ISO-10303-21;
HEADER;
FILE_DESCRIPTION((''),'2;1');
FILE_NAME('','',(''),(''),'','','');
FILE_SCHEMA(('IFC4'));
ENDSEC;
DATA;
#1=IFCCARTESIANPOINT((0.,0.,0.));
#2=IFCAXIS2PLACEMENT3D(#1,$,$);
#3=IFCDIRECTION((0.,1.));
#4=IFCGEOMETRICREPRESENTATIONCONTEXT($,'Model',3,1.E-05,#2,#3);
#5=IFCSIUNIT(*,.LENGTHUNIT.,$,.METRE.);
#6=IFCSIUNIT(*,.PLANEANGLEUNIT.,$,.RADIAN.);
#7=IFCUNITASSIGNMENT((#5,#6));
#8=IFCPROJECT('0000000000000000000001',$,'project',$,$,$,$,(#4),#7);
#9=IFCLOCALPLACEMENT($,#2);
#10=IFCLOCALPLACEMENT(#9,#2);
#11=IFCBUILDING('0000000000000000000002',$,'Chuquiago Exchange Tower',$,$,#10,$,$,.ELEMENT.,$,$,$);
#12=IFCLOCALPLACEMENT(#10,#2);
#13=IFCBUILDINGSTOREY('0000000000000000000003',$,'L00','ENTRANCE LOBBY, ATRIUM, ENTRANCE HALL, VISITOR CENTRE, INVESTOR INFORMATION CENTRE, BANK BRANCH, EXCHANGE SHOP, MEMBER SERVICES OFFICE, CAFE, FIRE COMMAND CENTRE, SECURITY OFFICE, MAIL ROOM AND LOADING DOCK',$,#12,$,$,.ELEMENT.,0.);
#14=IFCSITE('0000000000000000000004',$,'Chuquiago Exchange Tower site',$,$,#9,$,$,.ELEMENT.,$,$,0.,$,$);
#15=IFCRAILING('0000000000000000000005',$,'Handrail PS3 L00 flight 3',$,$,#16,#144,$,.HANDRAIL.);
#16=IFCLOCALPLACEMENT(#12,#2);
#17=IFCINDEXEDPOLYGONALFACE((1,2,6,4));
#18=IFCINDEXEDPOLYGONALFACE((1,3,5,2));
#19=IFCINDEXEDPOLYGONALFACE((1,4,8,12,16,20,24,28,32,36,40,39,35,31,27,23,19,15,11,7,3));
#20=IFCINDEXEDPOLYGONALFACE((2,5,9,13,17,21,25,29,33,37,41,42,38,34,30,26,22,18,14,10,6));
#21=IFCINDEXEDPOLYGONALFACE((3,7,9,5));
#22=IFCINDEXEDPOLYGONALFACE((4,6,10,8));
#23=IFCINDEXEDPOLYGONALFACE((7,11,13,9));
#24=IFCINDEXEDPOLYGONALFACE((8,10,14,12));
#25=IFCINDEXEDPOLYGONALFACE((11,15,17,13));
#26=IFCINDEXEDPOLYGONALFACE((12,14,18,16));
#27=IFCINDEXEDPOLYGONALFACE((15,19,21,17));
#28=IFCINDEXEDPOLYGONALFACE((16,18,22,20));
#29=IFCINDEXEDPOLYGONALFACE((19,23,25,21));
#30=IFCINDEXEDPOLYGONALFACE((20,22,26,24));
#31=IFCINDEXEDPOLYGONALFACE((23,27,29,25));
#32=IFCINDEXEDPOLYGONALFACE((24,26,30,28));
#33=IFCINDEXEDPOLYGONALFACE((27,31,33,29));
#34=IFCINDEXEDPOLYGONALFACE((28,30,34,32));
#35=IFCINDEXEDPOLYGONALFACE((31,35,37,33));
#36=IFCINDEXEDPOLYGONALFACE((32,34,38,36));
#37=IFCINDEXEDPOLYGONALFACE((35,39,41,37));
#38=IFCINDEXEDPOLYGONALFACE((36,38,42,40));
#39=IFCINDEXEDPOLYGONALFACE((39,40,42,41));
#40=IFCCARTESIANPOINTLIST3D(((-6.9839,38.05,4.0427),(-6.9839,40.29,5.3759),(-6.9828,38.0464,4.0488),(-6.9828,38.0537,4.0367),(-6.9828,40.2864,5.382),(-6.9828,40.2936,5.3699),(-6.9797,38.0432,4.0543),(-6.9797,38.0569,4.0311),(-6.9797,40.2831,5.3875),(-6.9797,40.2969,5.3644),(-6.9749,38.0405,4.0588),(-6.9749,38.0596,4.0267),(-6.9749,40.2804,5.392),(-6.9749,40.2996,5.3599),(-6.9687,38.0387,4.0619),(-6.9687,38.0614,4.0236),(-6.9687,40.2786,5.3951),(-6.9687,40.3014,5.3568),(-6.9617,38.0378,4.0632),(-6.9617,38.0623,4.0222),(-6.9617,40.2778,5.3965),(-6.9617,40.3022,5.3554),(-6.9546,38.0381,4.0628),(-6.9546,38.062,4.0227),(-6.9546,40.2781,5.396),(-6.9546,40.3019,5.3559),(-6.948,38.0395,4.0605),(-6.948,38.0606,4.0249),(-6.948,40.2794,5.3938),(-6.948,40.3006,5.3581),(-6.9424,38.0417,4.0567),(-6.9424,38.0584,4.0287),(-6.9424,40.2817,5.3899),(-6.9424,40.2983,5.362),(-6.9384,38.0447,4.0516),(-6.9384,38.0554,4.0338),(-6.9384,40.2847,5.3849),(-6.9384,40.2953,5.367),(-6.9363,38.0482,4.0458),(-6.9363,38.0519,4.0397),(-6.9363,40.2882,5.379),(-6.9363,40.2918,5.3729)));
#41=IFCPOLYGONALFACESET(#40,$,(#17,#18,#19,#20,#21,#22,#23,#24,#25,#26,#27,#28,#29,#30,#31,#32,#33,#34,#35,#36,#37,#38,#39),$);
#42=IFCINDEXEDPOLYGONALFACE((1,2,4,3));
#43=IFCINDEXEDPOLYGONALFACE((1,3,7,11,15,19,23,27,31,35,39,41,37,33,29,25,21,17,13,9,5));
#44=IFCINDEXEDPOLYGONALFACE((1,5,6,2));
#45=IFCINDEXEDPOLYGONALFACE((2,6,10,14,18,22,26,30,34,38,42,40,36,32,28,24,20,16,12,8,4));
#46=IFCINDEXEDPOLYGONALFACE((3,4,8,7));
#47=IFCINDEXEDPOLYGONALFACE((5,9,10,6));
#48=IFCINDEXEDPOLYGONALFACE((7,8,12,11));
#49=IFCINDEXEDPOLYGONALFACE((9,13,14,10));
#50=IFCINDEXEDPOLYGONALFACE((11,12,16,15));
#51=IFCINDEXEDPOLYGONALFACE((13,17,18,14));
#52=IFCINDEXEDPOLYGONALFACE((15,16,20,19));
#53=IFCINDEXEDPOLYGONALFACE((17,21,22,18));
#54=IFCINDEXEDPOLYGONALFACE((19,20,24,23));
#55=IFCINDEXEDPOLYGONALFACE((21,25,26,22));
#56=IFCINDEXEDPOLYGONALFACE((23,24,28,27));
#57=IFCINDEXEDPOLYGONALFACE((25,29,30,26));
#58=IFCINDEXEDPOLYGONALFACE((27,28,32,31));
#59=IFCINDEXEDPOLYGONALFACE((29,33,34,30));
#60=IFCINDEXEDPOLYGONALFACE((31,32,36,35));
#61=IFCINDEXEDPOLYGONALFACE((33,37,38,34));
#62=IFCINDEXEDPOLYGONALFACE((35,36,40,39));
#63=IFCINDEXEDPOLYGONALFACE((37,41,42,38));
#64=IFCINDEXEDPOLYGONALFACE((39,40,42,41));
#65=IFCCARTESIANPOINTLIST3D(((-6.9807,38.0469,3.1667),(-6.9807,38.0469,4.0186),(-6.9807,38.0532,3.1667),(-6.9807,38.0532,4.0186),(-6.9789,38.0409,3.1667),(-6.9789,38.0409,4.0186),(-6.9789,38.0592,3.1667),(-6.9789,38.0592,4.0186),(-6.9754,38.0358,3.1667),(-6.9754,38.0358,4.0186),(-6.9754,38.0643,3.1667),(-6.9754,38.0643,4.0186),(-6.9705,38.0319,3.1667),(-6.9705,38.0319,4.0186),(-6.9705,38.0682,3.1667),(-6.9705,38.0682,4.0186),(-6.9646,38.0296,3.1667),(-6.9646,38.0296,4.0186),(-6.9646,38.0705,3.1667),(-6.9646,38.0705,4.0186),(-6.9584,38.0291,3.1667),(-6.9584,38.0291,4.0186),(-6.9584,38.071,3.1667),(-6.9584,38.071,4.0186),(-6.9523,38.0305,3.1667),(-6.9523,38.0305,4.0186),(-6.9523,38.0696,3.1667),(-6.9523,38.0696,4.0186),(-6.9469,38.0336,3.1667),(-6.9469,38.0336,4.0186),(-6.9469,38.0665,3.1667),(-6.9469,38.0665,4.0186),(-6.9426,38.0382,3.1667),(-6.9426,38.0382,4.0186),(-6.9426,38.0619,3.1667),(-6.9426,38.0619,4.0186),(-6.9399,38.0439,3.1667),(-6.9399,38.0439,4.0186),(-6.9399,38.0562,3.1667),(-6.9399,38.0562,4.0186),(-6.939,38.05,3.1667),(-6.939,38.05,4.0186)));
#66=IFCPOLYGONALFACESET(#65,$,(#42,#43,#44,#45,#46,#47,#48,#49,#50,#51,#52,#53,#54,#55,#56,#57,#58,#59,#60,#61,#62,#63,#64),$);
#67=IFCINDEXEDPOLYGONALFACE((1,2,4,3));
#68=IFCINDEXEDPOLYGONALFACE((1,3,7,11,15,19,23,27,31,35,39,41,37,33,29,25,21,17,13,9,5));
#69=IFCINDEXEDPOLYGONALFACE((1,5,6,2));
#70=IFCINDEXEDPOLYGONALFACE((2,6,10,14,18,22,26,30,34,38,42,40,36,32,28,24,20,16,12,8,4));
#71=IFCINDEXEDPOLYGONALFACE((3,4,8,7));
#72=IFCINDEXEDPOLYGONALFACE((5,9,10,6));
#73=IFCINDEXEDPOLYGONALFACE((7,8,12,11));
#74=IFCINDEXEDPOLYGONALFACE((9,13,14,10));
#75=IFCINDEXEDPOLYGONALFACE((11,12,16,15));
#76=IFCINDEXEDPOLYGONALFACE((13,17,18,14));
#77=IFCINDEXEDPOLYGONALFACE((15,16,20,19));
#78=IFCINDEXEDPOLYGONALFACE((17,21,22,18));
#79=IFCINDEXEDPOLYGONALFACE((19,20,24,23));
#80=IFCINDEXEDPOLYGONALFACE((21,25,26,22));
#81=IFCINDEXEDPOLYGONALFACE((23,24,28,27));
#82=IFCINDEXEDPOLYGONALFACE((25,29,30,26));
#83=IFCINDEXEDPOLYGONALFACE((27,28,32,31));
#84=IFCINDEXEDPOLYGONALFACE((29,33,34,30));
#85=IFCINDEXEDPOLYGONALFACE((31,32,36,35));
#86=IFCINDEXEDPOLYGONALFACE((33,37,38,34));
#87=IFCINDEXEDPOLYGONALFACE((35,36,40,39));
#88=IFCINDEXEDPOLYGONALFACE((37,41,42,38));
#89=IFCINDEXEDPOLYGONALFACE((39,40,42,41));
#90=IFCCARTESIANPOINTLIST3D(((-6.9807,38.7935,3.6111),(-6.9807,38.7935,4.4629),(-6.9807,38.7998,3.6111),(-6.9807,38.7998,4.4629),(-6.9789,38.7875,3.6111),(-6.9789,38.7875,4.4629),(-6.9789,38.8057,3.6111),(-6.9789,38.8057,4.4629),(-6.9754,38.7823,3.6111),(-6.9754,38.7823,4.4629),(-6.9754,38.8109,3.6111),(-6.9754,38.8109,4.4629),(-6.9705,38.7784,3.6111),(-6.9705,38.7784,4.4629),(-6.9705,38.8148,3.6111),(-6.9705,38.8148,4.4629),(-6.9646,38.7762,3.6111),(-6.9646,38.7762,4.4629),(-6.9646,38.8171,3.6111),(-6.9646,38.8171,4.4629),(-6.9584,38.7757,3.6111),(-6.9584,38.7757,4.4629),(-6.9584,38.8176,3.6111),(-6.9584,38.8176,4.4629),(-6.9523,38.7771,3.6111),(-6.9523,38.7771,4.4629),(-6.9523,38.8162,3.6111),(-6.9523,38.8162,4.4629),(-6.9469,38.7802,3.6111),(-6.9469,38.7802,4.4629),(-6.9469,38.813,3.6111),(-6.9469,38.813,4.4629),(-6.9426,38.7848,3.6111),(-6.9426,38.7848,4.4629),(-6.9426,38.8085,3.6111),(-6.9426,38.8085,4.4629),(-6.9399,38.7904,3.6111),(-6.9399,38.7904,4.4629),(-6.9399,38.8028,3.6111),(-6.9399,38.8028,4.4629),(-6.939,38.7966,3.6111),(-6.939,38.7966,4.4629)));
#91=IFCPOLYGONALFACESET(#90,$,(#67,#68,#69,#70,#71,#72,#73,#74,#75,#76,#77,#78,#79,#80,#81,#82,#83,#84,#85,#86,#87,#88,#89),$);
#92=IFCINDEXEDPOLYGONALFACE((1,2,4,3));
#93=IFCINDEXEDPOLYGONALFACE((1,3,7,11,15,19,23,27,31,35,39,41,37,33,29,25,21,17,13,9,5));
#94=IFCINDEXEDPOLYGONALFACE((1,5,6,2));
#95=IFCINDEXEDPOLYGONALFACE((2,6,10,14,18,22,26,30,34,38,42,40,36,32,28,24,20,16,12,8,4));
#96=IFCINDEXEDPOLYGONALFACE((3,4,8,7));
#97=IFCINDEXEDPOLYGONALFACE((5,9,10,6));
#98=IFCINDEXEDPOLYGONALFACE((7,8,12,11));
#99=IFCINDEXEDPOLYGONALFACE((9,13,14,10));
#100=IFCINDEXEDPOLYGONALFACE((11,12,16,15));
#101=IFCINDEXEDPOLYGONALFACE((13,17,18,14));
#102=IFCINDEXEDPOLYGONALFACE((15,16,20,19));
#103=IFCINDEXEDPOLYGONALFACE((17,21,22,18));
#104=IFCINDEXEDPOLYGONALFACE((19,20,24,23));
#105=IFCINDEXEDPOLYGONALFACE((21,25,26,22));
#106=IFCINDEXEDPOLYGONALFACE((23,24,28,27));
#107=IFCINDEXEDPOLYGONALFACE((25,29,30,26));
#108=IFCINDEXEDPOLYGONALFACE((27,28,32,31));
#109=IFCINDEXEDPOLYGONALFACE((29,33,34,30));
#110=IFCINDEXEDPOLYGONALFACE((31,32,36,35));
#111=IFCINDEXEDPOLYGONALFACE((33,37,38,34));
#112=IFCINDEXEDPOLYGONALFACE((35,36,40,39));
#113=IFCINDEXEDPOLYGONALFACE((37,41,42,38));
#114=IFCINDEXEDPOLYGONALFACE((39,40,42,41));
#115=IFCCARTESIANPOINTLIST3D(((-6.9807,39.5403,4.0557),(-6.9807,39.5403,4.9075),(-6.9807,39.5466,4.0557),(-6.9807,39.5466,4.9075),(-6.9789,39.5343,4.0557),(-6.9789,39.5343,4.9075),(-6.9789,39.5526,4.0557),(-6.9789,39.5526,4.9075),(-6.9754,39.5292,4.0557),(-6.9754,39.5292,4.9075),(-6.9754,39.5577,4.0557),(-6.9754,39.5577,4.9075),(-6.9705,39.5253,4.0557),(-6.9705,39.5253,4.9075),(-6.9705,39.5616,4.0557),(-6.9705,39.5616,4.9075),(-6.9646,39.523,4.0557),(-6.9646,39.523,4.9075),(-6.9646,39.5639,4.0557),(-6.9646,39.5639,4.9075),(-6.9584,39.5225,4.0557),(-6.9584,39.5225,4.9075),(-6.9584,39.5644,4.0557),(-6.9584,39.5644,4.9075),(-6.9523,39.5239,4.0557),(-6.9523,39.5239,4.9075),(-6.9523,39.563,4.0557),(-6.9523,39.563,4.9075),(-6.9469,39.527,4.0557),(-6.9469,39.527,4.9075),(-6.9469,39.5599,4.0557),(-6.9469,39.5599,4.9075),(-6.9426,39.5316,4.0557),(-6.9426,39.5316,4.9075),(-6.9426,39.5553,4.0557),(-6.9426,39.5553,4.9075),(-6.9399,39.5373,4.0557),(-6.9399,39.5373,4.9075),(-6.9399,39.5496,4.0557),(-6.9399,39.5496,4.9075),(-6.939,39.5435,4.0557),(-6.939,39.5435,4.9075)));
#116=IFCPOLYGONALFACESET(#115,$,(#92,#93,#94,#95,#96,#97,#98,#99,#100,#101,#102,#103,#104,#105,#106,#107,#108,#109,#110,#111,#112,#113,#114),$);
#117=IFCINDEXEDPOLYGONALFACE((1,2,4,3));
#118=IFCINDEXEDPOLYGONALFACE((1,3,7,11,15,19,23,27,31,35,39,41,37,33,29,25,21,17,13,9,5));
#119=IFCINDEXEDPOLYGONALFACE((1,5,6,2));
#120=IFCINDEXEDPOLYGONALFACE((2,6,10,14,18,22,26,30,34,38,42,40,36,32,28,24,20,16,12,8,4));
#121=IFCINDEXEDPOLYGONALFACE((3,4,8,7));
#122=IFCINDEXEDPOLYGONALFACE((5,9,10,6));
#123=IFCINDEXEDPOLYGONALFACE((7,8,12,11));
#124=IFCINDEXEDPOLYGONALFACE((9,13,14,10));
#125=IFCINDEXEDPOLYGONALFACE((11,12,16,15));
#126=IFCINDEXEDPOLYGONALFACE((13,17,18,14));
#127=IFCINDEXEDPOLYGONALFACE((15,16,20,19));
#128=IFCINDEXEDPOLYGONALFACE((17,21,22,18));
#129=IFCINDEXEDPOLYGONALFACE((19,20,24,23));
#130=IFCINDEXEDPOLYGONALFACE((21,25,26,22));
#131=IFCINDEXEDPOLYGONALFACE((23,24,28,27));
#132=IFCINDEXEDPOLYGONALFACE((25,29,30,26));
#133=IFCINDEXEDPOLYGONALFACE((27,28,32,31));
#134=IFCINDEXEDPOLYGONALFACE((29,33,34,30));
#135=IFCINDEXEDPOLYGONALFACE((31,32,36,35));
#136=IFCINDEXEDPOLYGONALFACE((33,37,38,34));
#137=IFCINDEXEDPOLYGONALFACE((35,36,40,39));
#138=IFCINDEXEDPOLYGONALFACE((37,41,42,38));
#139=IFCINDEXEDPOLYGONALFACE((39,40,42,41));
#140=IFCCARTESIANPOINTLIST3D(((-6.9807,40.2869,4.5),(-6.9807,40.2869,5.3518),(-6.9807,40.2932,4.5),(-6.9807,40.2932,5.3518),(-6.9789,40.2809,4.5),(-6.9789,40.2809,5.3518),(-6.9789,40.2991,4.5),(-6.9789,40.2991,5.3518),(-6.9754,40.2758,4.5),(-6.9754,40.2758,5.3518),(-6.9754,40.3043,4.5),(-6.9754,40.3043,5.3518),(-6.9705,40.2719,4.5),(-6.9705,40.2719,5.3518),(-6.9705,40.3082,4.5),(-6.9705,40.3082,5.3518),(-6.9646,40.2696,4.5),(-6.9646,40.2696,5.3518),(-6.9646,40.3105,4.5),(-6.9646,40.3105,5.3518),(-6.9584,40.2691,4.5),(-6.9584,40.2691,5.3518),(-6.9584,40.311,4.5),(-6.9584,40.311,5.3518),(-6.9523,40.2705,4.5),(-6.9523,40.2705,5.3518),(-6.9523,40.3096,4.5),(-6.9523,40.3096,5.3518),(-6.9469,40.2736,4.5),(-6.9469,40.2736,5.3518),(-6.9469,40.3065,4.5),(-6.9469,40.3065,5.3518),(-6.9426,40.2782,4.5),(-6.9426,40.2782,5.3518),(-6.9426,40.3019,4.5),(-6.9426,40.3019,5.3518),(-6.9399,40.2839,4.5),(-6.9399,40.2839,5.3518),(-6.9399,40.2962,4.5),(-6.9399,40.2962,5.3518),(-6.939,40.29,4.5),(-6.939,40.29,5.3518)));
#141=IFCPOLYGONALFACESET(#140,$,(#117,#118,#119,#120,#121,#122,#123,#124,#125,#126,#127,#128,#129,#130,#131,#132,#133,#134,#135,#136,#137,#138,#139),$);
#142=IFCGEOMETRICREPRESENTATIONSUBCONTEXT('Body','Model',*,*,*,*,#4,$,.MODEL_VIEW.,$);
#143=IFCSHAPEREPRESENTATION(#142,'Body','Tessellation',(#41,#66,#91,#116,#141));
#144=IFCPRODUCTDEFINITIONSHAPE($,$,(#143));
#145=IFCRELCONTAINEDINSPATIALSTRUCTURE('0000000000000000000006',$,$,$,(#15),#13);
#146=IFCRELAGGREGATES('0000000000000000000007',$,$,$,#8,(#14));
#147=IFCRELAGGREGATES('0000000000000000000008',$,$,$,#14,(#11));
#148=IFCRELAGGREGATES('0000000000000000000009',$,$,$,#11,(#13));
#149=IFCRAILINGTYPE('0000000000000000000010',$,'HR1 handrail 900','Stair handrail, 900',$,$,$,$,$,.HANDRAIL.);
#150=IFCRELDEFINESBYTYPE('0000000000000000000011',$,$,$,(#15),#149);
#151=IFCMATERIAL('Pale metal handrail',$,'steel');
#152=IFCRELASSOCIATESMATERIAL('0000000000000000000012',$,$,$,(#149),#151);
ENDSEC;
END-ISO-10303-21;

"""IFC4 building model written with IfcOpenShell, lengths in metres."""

from ifc_helpers import new_model, si_unit, direction, frame, origin, origin_2d, place, context, subcontext, project, spatial, circle, extrude, material, type_object, element, save


model = new_model("IFC4")

# Units and contexts
model_context = context("Model", 3, precision=1e-05, world=origin(), true_north=direction((0.0, 1.0)))
body_context = subcontext(model_context, "Body", "Model", "MODEL_VIEW")
ifc_project = project(units=[si_unit("LENGTHUNIT", "METRE"), si_unit("PLANEANGLEUNIT", "RADIAN")], contexts=[model_context])

# Site, building, storey
site_placement = place(None, origin())
site = spatial("IfcSite", under=ifc_project, at=site_placement, Name="Chuquiago Exchange Tower site", CompositionType="ELEMENT", RefElevation=0.0)
building_placement = place(site_placement, origin())
building = spatial("IfcBuilding", under=site, at=building_placement, Name="Chuquiago Exchange Tower", CompositionType="ELEMENT")
storey_placement = place(building_placement, origin())
storey = spatial("IfcBuildingStorey", under=building, at=storey_placement, Name="L00", Description="ENTRANCE LOBBY, ATRIUM, ENTRANCE HALL, VISITOR CENTRE, INVESTOR INFORMATION CENTRE, BANK BRANCH, EXCHANGE SHOP, MEMBER SERVICES OFFICE, CAFE, FIRE COMMAND CENTRE, SECURITY OFFICE, MAIL ROOM AND LOADING DOCK", CompositionType="ELEMENT", Elevation=0.0)

# Railing
ifc_material_1 = material(Name="Pale metal handrail", Category="steel")
railing_type = type_object("IfcRailingType", Name="HR1 handrail 900", Description="Stair handrail, 900", PredefinedType="HANDRAIL", material=ifc_material_1)
for number, where, name in (
    (1, (-6.96, 38.05, 3.1667), "Handrail PS3 L00 flight 3"),
):
    element("IfcRailing", number, at=place(storey_placement, frame(where)), inside=storey, type_object=railing_type, Name=name, PredefinedType="HANDRAIL", context=body_context, shape_type="SweptSolid", body=[
        extrude(circle(Radius=0.0239, at=origin_2d()), frame((0.0, 0.0, 0.876), z_axis=(0.0, 0.859306, 0.511462), x_axis=(-1.0, 0.0, 0.0)), (0.0, 0.0, 1.0), 2.6067),
        extrude(circle(Radius=0.021, at=origin_2d()), origin(), (0.0, 0.0, 1.0), 0.8518),
        extrude(circle(Radius=0.021, at=origin_2d()), frame((0.0, 0.7466, 0.4443)), (0.0, 0.0, 1.0), 0.8518),
        extrude(circle(Radius=0.021, at=origin_2d()), frame((0.0, 1.4934, 0.8889)), (0.0, 0.0, 1.0), 0.8518),
        extrude(circle(Radius=0.021, at=origin_2d()), frame((0.0, 2.24, 1.3333)), (0.0, 0.0, 1.0), 0.8518),
    ])

save(model, "model.ifc")
